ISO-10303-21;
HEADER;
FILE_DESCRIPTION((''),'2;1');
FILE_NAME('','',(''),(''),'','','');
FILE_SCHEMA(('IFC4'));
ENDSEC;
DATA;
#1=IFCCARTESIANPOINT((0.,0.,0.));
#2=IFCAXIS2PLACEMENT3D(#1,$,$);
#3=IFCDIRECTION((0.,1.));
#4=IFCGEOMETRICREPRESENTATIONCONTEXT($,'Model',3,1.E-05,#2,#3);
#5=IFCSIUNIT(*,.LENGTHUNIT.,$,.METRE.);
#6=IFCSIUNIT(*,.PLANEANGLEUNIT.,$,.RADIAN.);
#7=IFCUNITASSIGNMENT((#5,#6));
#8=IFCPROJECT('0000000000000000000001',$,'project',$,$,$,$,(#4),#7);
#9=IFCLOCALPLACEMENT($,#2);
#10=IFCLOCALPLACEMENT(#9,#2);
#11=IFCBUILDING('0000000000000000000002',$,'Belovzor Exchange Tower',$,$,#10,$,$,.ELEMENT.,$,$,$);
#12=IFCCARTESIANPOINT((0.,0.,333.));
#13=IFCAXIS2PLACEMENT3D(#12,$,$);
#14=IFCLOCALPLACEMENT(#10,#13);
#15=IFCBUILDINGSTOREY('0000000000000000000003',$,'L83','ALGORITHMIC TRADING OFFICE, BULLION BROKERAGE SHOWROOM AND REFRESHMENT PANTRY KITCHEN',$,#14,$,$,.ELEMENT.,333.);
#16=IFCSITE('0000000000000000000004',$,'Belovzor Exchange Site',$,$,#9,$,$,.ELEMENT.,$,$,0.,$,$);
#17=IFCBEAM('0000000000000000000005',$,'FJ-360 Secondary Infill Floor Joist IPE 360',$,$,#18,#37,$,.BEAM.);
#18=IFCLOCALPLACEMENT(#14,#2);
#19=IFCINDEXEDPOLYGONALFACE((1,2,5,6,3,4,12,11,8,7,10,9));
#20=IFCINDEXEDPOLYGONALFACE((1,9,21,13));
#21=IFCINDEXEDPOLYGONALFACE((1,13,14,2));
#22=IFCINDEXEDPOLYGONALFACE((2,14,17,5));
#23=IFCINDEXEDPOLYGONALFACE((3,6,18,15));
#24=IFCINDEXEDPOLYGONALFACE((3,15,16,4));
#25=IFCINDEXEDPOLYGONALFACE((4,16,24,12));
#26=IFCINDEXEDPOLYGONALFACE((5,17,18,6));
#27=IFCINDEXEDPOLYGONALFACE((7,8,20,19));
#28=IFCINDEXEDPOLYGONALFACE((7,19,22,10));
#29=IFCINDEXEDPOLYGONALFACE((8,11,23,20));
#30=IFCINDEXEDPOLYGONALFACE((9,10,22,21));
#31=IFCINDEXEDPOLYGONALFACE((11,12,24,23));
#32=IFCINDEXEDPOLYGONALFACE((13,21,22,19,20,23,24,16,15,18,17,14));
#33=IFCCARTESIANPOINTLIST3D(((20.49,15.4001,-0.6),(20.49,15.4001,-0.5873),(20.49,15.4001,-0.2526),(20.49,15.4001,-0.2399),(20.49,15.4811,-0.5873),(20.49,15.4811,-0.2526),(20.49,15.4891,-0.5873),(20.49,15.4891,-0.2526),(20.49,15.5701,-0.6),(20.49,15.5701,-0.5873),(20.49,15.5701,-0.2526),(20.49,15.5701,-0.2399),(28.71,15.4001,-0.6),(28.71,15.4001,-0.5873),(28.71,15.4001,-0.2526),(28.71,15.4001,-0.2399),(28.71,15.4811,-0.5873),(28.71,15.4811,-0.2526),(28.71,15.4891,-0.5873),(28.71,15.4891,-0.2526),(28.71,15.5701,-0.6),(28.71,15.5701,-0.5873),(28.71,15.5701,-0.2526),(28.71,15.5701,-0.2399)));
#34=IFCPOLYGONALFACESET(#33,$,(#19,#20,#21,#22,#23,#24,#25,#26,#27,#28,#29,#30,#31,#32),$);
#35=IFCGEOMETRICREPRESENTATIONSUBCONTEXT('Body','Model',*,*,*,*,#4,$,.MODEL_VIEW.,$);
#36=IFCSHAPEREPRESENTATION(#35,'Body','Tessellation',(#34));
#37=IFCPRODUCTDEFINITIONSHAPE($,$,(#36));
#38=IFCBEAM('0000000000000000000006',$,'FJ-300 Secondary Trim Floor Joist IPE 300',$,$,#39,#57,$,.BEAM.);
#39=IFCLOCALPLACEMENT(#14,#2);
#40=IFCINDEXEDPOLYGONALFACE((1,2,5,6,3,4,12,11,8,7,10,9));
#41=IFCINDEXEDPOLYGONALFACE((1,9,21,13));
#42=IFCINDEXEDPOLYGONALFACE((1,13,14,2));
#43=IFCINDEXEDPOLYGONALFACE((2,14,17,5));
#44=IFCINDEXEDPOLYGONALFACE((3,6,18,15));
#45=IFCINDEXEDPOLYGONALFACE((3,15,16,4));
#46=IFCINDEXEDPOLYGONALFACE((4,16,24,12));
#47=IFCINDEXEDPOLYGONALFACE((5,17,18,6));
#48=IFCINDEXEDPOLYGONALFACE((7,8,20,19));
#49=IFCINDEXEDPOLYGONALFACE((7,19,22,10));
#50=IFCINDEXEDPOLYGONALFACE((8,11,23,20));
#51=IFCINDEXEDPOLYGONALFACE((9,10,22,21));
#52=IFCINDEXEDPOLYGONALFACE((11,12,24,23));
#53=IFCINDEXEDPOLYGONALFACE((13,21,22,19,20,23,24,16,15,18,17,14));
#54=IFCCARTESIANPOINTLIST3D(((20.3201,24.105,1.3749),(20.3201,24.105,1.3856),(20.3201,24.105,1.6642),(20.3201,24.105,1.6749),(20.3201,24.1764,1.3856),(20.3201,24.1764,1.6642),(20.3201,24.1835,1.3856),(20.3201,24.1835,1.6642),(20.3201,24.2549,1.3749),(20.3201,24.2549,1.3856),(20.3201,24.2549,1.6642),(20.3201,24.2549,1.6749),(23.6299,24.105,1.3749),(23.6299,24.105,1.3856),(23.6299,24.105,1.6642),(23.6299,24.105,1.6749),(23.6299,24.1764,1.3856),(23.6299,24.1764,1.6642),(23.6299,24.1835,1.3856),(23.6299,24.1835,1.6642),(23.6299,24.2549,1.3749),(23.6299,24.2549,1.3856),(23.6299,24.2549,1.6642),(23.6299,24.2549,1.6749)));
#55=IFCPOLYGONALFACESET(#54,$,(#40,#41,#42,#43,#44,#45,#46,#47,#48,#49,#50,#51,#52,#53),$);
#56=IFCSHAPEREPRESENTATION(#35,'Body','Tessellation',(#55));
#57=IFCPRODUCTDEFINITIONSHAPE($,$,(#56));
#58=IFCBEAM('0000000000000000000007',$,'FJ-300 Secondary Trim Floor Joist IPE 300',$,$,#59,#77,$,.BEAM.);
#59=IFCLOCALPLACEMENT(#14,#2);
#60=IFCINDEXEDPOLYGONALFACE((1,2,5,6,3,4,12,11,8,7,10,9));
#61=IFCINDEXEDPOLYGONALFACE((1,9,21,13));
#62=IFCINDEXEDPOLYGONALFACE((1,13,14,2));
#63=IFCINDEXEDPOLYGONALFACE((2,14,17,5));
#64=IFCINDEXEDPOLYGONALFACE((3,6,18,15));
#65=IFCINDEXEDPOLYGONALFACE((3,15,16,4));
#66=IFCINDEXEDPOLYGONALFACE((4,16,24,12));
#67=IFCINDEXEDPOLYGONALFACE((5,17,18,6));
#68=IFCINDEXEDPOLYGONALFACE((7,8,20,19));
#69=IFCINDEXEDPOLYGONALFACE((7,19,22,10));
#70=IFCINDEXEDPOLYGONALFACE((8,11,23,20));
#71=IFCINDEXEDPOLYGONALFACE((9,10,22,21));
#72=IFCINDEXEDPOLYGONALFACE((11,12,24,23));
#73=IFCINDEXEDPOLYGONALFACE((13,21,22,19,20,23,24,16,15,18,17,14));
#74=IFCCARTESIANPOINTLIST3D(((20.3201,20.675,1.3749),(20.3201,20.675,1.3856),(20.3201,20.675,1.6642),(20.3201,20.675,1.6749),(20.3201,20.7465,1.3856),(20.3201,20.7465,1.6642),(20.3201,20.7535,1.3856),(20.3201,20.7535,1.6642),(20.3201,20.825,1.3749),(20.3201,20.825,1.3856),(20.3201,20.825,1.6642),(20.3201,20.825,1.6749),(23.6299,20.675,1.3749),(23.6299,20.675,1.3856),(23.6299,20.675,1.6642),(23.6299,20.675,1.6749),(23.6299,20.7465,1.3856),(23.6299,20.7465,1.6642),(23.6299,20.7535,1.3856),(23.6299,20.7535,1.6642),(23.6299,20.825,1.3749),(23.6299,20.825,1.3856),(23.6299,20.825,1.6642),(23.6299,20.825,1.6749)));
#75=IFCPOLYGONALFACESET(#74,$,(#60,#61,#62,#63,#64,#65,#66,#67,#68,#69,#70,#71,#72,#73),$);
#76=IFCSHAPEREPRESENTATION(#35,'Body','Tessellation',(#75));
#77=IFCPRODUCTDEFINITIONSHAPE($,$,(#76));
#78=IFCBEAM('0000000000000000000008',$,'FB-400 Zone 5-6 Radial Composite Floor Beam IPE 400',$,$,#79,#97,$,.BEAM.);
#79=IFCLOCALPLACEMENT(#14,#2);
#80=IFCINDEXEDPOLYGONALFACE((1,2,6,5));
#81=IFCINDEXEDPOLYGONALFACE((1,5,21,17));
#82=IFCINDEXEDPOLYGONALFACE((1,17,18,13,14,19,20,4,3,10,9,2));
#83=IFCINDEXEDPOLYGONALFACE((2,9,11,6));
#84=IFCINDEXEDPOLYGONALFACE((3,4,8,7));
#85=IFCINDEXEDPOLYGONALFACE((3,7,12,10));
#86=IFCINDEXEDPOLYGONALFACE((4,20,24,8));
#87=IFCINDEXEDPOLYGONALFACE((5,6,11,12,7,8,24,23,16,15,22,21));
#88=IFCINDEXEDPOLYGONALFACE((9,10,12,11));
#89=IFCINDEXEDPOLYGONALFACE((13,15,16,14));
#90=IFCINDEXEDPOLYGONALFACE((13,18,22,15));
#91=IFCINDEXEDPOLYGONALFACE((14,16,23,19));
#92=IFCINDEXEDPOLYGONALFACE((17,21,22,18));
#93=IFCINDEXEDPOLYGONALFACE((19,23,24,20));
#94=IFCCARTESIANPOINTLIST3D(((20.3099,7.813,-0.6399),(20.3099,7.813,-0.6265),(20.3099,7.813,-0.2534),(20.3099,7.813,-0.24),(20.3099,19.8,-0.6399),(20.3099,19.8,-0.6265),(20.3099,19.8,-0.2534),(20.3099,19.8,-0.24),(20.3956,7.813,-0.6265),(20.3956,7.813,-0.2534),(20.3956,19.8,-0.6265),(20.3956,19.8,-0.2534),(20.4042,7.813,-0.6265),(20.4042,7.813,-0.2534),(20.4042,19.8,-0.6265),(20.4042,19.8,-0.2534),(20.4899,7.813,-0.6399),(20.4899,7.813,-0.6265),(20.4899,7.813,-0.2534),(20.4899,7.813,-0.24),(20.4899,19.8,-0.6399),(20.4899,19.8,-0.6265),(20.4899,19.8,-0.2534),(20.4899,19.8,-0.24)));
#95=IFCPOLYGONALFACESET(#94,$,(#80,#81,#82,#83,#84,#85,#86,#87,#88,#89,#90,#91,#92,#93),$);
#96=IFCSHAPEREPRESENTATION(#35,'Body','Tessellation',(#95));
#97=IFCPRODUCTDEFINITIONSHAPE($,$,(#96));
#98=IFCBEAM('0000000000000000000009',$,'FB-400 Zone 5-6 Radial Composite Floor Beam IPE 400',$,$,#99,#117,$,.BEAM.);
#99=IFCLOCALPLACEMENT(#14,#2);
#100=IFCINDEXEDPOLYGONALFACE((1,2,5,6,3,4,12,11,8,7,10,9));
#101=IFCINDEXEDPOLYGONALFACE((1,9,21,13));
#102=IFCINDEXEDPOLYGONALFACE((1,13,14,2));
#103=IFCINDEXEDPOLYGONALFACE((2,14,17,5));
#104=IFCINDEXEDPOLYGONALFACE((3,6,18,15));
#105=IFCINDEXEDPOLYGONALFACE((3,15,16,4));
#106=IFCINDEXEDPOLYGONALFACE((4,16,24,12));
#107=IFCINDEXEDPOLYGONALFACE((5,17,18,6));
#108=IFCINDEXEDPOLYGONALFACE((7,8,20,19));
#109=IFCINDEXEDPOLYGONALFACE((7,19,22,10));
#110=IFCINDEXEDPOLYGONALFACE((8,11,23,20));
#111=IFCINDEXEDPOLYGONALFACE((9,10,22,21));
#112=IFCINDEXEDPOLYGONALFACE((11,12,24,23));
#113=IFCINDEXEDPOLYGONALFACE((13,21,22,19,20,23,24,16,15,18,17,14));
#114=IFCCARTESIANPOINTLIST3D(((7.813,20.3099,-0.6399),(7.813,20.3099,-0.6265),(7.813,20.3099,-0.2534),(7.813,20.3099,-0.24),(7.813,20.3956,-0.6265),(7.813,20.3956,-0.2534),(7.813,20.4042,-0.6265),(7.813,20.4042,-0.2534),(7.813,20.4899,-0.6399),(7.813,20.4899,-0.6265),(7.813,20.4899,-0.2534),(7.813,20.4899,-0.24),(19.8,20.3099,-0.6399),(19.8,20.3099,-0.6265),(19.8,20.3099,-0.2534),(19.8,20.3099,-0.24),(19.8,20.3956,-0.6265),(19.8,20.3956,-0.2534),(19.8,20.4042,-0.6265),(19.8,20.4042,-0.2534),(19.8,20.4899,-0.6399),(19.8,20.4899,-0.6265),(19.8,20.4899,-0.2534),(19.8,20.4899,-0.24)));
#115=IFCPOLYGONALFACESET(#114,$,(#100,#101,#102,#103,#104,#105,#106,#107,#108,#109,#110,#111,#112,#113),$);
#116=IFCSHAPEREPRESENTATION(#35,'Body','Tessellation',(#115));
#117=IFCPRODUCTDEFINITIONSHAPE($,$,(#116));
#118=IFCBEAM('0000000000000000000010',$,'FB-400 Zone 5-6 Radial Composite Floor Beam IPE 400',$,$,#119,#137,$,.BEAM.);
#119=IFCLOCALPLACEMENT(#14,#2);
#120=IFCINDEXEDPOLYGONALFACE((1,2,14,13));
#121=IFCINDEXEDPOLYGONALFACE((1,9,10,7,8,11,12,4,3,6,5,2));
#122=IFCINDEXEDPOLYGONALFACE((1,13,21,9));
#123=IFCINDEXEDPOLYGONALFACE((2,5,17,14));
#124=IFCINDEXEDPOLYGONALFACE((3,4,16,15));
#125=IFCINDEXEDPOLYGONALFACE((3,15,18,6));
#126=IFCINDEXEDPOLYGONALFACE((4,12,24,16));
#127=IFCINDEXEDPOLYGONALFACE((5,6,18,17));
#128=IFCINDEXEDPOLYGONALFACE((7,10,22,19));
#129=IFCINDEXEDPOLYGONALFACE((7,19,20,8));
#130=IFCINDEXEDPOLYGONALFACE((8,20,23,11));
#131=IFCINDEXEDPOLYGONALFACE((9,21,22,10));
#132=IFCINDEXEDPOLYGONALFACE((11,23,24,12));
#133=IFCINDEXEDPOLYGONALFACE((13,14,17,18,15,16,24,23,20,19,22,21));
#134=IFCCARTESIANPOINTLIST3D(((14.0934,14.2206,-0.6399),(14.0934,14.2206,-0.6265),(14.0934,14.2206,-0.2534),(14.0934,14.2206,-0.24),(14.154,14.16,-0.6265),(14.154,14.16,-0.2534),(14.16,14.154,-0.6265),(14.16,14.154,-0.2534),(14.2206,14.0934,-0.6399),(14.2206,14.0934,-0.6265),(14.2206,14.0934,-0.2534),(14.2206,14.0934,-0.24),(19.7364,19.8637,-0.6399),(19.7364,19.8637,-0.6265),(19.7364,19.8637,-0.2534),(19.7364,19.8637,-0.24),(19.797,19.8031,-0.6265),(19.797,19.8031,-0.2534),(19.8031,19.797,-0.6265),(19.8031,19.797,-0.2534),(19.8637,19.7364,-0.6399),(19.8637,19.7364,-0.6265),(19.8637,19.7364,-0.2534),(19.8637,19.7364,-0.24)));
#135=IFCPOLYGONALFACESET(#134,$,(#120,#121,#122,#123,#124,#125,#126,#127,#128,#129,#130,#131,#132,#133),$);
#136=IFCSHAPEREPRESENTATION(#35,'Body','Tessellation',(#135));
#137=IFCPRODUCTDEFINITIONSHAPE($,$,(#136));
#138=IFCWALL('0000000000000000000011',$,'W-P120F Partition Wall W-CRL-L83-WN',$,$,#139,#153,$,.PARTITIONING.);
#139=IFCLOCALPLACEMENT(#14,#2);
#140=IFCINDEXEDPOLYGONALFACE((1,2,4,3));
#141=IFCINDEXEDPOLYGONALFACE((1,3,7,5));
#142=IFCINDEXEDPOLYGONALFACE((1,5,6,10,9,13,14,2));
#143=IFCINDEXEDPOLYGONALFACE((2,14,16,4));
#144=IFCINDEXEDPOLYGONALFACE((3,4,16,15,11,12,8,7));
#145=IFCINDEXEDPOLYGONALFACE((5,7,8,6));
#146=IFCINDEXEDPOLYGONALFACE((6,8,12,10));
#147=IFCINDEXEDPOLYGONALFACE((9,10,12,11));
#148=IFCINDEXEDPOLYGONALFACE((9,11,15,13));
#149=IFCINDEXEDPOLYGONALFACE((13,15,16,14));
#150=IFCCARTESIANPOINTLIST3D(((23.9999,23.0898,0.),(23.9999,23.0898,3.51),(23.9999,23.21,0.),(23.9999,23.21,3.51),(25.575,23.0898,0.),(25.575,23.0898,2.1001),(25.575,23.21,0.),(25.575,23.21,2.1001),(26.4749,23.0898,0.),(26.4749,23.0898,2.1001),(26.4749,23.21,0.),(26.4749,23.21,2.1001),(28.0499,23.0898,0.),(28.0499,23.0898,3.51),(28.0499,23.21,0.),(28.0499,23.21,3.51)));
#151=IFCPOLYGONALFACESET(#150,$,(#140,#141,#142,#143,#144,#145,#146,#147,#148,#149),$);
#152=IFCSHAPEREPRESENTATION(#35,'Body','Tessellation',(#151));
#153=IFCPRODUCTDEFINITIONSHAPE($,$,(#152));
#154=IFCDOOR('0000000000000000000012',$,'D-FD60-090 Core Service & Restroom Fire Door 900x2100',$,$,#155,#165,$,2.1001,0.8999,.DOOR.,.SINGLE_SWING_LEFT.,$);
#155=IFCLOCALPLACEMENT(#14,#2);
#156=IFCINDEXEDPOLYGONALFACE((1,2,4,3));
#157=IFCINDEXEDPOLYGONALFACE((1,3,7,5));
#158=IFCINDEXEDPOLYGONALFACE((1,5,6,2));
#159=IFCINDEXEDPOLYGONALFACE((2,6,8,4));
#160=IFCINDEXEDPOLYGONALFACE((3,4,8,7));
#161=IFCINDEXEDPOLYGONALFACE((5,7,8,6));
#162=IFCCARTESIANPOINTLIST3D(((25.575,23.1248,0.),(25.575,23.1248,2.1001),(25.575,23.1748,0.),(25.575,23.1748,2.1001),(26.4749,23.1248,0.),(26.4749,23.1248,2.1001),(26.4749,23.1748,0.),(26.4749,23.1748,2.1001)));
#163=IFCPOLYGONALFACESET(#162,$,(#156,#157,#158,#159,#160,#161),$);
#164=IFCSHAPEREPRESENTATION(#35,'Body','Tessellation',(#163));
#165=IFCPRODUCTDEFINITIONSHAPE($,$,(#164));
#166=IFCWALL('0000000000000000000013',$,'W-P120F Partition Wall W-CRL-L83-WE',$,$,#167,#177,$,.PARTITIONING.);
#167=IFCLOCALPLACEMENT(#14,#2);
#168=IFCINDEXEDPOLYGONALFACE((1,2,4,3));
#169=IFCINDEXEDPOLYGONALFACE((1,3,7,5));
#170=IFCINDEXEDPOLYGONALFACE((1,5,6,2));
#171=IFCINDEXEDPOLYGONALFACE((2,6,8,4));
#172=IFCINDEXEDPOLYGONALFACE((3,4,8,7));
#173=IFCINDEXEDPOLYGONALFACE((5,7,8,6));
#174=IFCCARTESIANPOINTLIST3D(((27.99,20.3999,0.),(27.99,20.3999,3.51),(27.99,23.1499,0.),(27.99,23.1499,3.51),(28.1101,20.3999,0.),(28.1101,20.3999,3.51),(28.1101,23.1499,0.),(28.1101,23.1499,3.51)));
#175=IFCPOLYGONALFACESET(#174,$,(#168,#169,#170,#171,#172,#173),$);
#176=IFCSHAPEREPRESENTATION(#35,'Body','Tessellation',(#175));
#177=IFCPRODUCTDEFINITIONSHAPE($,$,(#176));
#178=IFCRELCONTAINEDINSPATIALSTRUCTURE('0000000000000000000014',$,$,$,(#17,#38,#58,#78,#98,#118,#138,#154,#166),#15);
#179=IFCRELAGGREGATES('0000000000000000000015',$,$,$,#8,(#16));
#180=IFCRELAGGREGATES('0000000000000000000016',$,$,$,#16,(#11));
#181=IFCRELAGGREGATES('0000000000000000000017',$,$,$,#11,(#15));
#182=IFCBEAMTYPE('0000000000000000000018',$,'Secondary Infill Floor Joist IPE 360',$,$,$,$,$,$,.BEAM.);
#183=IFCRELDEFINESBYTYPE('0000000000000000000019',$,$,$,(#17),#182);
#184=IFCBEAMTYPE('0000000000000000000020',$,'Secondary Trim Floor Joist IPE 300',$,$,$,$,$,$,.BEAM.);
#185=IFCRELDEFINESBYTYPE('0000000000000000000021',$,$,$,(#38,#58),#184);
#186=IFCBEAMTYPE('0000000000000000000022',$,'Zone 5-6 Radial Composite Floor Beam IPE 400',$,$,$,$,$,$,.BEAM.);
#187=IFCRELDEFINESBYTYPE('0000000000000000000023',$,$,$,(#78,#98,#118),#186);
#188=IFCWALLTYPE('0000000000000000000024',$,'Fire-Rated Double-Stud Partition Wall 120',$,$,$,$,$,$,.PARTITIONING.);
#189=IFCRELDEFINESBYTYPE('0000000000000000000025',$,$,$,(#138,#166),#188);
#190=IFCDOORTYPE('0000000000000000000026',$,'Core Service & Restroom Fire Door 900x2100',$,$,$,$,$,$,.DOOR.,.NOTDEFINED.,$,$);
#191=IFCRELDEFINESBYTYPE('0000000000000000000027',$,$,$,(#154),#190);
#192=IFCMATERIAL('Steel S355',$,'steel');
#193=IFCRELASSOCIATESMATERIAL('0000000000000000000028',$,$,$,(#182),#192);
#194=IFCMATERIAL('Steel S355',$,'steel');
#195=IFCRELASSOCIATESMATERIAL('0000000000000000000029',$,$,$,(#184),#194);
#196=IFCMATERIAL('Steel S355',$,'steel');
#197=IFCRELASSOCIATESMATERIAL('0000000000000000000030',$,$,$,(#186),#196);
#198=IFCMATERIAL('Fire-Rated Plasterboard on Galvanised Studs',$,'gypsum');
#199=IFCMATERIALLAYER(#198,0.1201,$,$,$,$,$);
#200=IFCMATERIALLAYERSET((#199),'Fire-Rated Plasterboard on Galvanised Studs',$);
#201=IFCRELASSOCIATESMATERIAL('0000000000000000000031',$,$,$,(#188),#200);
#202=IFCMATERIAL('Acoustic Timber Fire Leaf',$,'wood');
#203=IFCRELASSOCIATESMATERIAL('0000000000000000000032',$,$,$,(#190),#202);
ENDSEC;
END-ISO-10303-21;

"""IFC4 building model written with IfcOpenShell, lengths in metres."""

from ifc_helpers import new_model, si_unit, direction, frame, frame_2d, origin, origin_2d, place, context, subcontext, project, spatial, rectangle, i_section, extrude, material, layer, layer_set, material_profile, profile_set, type_object, element, fill, save


model = new_model("IFC4")

# Units and contexts
model_context = context("Model", 3, precision=1e-05, world=origin(), true_north=direction((0.0, 1.0)))
body_context = subcontext(model_context, "Body", "Model", "MODEL_VIEW")
ifc_project = project(units=[si_unit("LENGTHUNIT", "METRE"), si_unit("PLANEANGLEUNIT", "RADIAN")], contexts=[model_context])

# Site, building, storey
site_placement = place(None, origin())
site = spatial("IfcSite", under=ifc_project, at=site_placement, Name="Belovzor Exchange Site", CompositionType="ELEMENT", RefElevation=0.0)
building_placement = place(site_placement, origin())
building = spatial("IfcBuilding", under=site, at=building_placement, Name="Belovzor Exchange Tower", CompositionType="ELEMENT")
storey_placement = place(building_placement, frame((0.0, 0.0, 333.0)))
storey = spatial("IfcBuildingStorey", under=building, at=storey_placement, Name="L83", Description="ALGORITHMIC TRADING OFFICE, BULLION BROKERAGE SHOWROOM AND REFRESHMENT PANTRY KITCHEN", CompositionType="ELEMENT", Elevation=333.0)

# Beams
ifc_material_1 = material(Name="Steel S355", Category="steel")
ifc_material_profile_1 = material_profile(ifc_material_1, i_section(OverallWidth=0.1699, OverallDepth=0.3601, WebThickness=0.0081, FlangeThickness=0.0127, at=origin_2d()))
ifc_profile_set_1 = profile_set([ifc_material_profile_1], Name="Steel S355")
beam_type_1 = type_object("IfcBeamType", Name="Secondary Infill Floor Joist IPE 360", PredefinedType="BEAM", material=ifc_profile_set_1)
beam_1_placement = place(storey_placement, frame((20.49, 15.4851, -0.4199), z_axis=(1.0, 0.0, 0.0), x_axis=(0.0, 1.0, 0.0)))
element("IfcBeam", 1, at=beam_1_placement, inside=storey, type_object=beam_type_1, Name="FJ-360 Secondary Infill Floor Joist IPE 360", PredefinedType="BEAM", context=body_context, shape_type="SweptSolid", body=[
    extrude(i_section(OverallWidth=0.1699, OverallDepth=0.3601, WebThickness=0.0081, FlangeThickness=0.0127, at=origin_2d()), origin(), (0.0, 0.0, 1.0), 8.22),
])
ifc_material_2 = material(Name="Steel S355", Category="steel")
ifc_material_profile_2 = material_profile(ifc_material_2, i_section(OverallWidth=0.1499, OverallDepth=0.3, WebThickness=0.0071, FlangeThickness=0.0107, at=origin_2d()))
ifc_profile_set_2 = profile_set([ifc_material_profile_2], Name="Steel S355")
beam_type_2 = type_object("IfcBeamType", Name="Secondary Trim Floor Joist IPE 300", PredefinedType="BEAM", material=ifc_profile_set_2)
for number, where, z_axis, x_axis, name in (
    (2, (20.3201, 24.1799, 1.5249), (1.0, 0.0, 0.0), (0.0, 1.0, 0.0), "FJ-300 Secondary Trim Floor Joist IPE 300"),
    (3, (20.3201, 20.75, 1.5249), (1.0, 0.0, 0.0), (0.0, 1.0, 0.0), "FJ-300 Secondary Trim Floor Joist IPE 300"),
):
    element("IfcBeam", number, at=place(storey_placement, frame(where, z_axis=z_axis, x_axis=x_axis)), inside=storey, type_object=beam_type_2, Name=name, PredefinedType="BEAM", context=body_context, shape_type="SweptSolid", body=[
        extrude(i_section(OverallWidth=0.1499, OverallDepth=0.3, WebThickness=0.0071, FlangeThickness=0.0107, at=origin_2d()), origin(), (0.0, 0.0, 1.0), 3.3098),
    ])
ifc_material_3 = material(Name="Steel S355", Category="steel")
ifc_material_profile_3 = material_profile(ifc_material_3, i_section(OverallWidth=0.1799, OverallDepth=0.3999, WebThickness=0.0085, FlangeThickness=0.0134, at=origin_2d()))
ifc_profile_set_3 = profile_set([ifc_material_profile_3], Name="Steel S355")
beam_type_3 = type_object("IfcBeamType", Name="Zone 5-6 Radial Composite Floor Beam IPE 400", PredefinedType="BEAM", material=ifc_profile_set_3)
for number, where, z_axis, x_axis, name in (
    (4, (20.3999, 19.8, -0.4399), (0.0, -1.0, 0.0), (1.0, 0.0, 0.0), "FB-400 Zone 5-6 Radial Composite Floor Beam IPE 400"),
    (5, (19.8, 20.3999, -0.4399), (-1.0, 0.0, 0.0), (0.0, -1.0, 0.0), "FB-400 Zone 5-6 Radial Composite Floor Beam IPE 400"),
):
    element("IfcBeam", number, at=place(storey_placement, frame(where, z_axis=z_axis, x_axis=x_axis)), inside=storey, type_object=beam_type_3, Name=name, PredefinedType="BEAM", context=body_context, shape_type="SweptSolid", body=[
        extrude(i_section(OverallWidth=0.1799, OverallDepth=0.3999, WebThickness=0.0085, FlangeThickness=0.0134, at=origin_2d()), origin(), (0.0, 0.0, 1.0), 11.9871),
    ])
beam_2_placement = place(storey_placement, frame((19.8, 19.8, -0.4399), z_axis=(-0.707107, -0.707107, 0.0), x_axis=(0.707107, -0.707107, 0.0)))
element("IfcBeam", 6, at=beam_2_placement, inside=storey, type_object=beam_type_3, Name="FB-400 Zone 5-6 Radial Composite Floor Beam IPE 400", PredefinedType="BEAM", context=body_context, shape_type="SweptSolid", body=[
    extrude(i_section(OverallWidth=0.1799, OverallDepth=0.3999, WebThickness=0.0085, FlangeThickness=0.0134, at=origin_2d()), origin(), (0.0, 0.0, 1.0), 7.9805),
])

# Wall, opening, door
ifc_material_4 = material(Name="Fire-Rated Plasterboard on Galvanised Studs", Category="gypsum")
ifc_layer_1 = layer(ifc_material_4, 0.1201)
ifc_layer_set_1 = layer_set([ifc_layer_1], Name="Fire-Rated Plasterboard on Galvanised Studs")
wall_type_1 = type_object("IfcWallType", Name="Fire-Rated Double-Stud Partition Wall 120", PredefinedType="PARTITIONING", material=ifc_layer_set_1)
wall_1_placement = place(storey_placement, frame((24.0, 23.1499, 0.0), z_axis=(0.0, 0.0, 1.0), x_axis=(1.0, 0.0, 0.0)))
wall_1 = element("IfcWall", 7, at=wall_1_placement, inside=storey, type_object=wall_type_1, Name="W-P120F Partition Wall W-CRL-L83-WN", PredefinedType="PARTITIONING", context=body_context, shape_type="SweptSolid", body=[
    extrude(rectangle(XDim=4.05, YDim=0.1201, at=frame_2d((2.0249, 0.0))), origin(), (0.0, 0.0, 1.0), 3.51),
])
opening_1_placement = place(wall_1_placement, frame((1.575, 0.0, 0.0)))
opening_1 = element("IfcOpeningElement", 8, at=opening_1_placement, cuts=wall_1, PredefinedType="OPENING", context=body_context, shape_type="SweptSolid", body=[
    extrude(rectangle(XDim=0.8999, YDim=2.1001, at=frame_2d((0.45, 1.05))), frame((0.0, 0.0701, 0.0), z_axis=(0.0, -1.0, 0.0), x_axis=(1.0, 0.0, 0.0)), (0.0, 0.0, 1.0), 0.1401),
])
ifc_material_5 = material(Name="Acoustic Timber Fire Leaf", Category="wood")
door_type_1 = type_object("IfcDoorType", Name="Core Service & Restroom Fire Door 900x2100", OperationType="NOTDEFINED", PredefinedType="DOOR", material=ifc_material_5)
door_1_placement = place(opening_1_placement, origin())
door_1 = element("IfcDoor", 9, at=door_1_placement, inside=storey, type_object=door_type_1, Name="D-FD60-090 Core Service & Restroom Fire Door 900x2100", OperationType="SINGLE_SWING_LEFT", OverallHeight=2.1001, OverallWidth=0.8999, PredefinedType="DOOR", context=body_context, shape_type="SweptSolid", body=[
    extrude(rectangle(XDim=0.8999, YDim=2.1001, at=frame_2d((0.45, 1.05))), frame((0.0, 0.0249, 0.0), z_axis=(0.0, -1.0, 0.0), x_axis=(1.0, 0.0, 0.0)), (0.0, 0.0, 1.0), 0.05),
])
fill(opening_1, door_1)

# Wall
wall_2_placement = place(storey_placement, frame((28.05, 20.3999, 0.0), z_axis=(0.0, 0.0, 1.0), x_axis=(0.0, 1.0, 0.0)))
element("IfcWall", 10, at=wall_2_placement, inside=storey, type_object=wall_type_1, Name="W-P120F Partition Wall W-CRL-L83-WE", PredefinedType="PARTITIONING", context=body_context, shape_type="SweptSolid", body=[
    extrude(rectangle(XDim=2.75, YDim=0.1201, at=frame_2d((1.375, 0.0))), origin(), (0.0, 0.0, 1.0), 3.51),
])

save(model, "model.ifc")
